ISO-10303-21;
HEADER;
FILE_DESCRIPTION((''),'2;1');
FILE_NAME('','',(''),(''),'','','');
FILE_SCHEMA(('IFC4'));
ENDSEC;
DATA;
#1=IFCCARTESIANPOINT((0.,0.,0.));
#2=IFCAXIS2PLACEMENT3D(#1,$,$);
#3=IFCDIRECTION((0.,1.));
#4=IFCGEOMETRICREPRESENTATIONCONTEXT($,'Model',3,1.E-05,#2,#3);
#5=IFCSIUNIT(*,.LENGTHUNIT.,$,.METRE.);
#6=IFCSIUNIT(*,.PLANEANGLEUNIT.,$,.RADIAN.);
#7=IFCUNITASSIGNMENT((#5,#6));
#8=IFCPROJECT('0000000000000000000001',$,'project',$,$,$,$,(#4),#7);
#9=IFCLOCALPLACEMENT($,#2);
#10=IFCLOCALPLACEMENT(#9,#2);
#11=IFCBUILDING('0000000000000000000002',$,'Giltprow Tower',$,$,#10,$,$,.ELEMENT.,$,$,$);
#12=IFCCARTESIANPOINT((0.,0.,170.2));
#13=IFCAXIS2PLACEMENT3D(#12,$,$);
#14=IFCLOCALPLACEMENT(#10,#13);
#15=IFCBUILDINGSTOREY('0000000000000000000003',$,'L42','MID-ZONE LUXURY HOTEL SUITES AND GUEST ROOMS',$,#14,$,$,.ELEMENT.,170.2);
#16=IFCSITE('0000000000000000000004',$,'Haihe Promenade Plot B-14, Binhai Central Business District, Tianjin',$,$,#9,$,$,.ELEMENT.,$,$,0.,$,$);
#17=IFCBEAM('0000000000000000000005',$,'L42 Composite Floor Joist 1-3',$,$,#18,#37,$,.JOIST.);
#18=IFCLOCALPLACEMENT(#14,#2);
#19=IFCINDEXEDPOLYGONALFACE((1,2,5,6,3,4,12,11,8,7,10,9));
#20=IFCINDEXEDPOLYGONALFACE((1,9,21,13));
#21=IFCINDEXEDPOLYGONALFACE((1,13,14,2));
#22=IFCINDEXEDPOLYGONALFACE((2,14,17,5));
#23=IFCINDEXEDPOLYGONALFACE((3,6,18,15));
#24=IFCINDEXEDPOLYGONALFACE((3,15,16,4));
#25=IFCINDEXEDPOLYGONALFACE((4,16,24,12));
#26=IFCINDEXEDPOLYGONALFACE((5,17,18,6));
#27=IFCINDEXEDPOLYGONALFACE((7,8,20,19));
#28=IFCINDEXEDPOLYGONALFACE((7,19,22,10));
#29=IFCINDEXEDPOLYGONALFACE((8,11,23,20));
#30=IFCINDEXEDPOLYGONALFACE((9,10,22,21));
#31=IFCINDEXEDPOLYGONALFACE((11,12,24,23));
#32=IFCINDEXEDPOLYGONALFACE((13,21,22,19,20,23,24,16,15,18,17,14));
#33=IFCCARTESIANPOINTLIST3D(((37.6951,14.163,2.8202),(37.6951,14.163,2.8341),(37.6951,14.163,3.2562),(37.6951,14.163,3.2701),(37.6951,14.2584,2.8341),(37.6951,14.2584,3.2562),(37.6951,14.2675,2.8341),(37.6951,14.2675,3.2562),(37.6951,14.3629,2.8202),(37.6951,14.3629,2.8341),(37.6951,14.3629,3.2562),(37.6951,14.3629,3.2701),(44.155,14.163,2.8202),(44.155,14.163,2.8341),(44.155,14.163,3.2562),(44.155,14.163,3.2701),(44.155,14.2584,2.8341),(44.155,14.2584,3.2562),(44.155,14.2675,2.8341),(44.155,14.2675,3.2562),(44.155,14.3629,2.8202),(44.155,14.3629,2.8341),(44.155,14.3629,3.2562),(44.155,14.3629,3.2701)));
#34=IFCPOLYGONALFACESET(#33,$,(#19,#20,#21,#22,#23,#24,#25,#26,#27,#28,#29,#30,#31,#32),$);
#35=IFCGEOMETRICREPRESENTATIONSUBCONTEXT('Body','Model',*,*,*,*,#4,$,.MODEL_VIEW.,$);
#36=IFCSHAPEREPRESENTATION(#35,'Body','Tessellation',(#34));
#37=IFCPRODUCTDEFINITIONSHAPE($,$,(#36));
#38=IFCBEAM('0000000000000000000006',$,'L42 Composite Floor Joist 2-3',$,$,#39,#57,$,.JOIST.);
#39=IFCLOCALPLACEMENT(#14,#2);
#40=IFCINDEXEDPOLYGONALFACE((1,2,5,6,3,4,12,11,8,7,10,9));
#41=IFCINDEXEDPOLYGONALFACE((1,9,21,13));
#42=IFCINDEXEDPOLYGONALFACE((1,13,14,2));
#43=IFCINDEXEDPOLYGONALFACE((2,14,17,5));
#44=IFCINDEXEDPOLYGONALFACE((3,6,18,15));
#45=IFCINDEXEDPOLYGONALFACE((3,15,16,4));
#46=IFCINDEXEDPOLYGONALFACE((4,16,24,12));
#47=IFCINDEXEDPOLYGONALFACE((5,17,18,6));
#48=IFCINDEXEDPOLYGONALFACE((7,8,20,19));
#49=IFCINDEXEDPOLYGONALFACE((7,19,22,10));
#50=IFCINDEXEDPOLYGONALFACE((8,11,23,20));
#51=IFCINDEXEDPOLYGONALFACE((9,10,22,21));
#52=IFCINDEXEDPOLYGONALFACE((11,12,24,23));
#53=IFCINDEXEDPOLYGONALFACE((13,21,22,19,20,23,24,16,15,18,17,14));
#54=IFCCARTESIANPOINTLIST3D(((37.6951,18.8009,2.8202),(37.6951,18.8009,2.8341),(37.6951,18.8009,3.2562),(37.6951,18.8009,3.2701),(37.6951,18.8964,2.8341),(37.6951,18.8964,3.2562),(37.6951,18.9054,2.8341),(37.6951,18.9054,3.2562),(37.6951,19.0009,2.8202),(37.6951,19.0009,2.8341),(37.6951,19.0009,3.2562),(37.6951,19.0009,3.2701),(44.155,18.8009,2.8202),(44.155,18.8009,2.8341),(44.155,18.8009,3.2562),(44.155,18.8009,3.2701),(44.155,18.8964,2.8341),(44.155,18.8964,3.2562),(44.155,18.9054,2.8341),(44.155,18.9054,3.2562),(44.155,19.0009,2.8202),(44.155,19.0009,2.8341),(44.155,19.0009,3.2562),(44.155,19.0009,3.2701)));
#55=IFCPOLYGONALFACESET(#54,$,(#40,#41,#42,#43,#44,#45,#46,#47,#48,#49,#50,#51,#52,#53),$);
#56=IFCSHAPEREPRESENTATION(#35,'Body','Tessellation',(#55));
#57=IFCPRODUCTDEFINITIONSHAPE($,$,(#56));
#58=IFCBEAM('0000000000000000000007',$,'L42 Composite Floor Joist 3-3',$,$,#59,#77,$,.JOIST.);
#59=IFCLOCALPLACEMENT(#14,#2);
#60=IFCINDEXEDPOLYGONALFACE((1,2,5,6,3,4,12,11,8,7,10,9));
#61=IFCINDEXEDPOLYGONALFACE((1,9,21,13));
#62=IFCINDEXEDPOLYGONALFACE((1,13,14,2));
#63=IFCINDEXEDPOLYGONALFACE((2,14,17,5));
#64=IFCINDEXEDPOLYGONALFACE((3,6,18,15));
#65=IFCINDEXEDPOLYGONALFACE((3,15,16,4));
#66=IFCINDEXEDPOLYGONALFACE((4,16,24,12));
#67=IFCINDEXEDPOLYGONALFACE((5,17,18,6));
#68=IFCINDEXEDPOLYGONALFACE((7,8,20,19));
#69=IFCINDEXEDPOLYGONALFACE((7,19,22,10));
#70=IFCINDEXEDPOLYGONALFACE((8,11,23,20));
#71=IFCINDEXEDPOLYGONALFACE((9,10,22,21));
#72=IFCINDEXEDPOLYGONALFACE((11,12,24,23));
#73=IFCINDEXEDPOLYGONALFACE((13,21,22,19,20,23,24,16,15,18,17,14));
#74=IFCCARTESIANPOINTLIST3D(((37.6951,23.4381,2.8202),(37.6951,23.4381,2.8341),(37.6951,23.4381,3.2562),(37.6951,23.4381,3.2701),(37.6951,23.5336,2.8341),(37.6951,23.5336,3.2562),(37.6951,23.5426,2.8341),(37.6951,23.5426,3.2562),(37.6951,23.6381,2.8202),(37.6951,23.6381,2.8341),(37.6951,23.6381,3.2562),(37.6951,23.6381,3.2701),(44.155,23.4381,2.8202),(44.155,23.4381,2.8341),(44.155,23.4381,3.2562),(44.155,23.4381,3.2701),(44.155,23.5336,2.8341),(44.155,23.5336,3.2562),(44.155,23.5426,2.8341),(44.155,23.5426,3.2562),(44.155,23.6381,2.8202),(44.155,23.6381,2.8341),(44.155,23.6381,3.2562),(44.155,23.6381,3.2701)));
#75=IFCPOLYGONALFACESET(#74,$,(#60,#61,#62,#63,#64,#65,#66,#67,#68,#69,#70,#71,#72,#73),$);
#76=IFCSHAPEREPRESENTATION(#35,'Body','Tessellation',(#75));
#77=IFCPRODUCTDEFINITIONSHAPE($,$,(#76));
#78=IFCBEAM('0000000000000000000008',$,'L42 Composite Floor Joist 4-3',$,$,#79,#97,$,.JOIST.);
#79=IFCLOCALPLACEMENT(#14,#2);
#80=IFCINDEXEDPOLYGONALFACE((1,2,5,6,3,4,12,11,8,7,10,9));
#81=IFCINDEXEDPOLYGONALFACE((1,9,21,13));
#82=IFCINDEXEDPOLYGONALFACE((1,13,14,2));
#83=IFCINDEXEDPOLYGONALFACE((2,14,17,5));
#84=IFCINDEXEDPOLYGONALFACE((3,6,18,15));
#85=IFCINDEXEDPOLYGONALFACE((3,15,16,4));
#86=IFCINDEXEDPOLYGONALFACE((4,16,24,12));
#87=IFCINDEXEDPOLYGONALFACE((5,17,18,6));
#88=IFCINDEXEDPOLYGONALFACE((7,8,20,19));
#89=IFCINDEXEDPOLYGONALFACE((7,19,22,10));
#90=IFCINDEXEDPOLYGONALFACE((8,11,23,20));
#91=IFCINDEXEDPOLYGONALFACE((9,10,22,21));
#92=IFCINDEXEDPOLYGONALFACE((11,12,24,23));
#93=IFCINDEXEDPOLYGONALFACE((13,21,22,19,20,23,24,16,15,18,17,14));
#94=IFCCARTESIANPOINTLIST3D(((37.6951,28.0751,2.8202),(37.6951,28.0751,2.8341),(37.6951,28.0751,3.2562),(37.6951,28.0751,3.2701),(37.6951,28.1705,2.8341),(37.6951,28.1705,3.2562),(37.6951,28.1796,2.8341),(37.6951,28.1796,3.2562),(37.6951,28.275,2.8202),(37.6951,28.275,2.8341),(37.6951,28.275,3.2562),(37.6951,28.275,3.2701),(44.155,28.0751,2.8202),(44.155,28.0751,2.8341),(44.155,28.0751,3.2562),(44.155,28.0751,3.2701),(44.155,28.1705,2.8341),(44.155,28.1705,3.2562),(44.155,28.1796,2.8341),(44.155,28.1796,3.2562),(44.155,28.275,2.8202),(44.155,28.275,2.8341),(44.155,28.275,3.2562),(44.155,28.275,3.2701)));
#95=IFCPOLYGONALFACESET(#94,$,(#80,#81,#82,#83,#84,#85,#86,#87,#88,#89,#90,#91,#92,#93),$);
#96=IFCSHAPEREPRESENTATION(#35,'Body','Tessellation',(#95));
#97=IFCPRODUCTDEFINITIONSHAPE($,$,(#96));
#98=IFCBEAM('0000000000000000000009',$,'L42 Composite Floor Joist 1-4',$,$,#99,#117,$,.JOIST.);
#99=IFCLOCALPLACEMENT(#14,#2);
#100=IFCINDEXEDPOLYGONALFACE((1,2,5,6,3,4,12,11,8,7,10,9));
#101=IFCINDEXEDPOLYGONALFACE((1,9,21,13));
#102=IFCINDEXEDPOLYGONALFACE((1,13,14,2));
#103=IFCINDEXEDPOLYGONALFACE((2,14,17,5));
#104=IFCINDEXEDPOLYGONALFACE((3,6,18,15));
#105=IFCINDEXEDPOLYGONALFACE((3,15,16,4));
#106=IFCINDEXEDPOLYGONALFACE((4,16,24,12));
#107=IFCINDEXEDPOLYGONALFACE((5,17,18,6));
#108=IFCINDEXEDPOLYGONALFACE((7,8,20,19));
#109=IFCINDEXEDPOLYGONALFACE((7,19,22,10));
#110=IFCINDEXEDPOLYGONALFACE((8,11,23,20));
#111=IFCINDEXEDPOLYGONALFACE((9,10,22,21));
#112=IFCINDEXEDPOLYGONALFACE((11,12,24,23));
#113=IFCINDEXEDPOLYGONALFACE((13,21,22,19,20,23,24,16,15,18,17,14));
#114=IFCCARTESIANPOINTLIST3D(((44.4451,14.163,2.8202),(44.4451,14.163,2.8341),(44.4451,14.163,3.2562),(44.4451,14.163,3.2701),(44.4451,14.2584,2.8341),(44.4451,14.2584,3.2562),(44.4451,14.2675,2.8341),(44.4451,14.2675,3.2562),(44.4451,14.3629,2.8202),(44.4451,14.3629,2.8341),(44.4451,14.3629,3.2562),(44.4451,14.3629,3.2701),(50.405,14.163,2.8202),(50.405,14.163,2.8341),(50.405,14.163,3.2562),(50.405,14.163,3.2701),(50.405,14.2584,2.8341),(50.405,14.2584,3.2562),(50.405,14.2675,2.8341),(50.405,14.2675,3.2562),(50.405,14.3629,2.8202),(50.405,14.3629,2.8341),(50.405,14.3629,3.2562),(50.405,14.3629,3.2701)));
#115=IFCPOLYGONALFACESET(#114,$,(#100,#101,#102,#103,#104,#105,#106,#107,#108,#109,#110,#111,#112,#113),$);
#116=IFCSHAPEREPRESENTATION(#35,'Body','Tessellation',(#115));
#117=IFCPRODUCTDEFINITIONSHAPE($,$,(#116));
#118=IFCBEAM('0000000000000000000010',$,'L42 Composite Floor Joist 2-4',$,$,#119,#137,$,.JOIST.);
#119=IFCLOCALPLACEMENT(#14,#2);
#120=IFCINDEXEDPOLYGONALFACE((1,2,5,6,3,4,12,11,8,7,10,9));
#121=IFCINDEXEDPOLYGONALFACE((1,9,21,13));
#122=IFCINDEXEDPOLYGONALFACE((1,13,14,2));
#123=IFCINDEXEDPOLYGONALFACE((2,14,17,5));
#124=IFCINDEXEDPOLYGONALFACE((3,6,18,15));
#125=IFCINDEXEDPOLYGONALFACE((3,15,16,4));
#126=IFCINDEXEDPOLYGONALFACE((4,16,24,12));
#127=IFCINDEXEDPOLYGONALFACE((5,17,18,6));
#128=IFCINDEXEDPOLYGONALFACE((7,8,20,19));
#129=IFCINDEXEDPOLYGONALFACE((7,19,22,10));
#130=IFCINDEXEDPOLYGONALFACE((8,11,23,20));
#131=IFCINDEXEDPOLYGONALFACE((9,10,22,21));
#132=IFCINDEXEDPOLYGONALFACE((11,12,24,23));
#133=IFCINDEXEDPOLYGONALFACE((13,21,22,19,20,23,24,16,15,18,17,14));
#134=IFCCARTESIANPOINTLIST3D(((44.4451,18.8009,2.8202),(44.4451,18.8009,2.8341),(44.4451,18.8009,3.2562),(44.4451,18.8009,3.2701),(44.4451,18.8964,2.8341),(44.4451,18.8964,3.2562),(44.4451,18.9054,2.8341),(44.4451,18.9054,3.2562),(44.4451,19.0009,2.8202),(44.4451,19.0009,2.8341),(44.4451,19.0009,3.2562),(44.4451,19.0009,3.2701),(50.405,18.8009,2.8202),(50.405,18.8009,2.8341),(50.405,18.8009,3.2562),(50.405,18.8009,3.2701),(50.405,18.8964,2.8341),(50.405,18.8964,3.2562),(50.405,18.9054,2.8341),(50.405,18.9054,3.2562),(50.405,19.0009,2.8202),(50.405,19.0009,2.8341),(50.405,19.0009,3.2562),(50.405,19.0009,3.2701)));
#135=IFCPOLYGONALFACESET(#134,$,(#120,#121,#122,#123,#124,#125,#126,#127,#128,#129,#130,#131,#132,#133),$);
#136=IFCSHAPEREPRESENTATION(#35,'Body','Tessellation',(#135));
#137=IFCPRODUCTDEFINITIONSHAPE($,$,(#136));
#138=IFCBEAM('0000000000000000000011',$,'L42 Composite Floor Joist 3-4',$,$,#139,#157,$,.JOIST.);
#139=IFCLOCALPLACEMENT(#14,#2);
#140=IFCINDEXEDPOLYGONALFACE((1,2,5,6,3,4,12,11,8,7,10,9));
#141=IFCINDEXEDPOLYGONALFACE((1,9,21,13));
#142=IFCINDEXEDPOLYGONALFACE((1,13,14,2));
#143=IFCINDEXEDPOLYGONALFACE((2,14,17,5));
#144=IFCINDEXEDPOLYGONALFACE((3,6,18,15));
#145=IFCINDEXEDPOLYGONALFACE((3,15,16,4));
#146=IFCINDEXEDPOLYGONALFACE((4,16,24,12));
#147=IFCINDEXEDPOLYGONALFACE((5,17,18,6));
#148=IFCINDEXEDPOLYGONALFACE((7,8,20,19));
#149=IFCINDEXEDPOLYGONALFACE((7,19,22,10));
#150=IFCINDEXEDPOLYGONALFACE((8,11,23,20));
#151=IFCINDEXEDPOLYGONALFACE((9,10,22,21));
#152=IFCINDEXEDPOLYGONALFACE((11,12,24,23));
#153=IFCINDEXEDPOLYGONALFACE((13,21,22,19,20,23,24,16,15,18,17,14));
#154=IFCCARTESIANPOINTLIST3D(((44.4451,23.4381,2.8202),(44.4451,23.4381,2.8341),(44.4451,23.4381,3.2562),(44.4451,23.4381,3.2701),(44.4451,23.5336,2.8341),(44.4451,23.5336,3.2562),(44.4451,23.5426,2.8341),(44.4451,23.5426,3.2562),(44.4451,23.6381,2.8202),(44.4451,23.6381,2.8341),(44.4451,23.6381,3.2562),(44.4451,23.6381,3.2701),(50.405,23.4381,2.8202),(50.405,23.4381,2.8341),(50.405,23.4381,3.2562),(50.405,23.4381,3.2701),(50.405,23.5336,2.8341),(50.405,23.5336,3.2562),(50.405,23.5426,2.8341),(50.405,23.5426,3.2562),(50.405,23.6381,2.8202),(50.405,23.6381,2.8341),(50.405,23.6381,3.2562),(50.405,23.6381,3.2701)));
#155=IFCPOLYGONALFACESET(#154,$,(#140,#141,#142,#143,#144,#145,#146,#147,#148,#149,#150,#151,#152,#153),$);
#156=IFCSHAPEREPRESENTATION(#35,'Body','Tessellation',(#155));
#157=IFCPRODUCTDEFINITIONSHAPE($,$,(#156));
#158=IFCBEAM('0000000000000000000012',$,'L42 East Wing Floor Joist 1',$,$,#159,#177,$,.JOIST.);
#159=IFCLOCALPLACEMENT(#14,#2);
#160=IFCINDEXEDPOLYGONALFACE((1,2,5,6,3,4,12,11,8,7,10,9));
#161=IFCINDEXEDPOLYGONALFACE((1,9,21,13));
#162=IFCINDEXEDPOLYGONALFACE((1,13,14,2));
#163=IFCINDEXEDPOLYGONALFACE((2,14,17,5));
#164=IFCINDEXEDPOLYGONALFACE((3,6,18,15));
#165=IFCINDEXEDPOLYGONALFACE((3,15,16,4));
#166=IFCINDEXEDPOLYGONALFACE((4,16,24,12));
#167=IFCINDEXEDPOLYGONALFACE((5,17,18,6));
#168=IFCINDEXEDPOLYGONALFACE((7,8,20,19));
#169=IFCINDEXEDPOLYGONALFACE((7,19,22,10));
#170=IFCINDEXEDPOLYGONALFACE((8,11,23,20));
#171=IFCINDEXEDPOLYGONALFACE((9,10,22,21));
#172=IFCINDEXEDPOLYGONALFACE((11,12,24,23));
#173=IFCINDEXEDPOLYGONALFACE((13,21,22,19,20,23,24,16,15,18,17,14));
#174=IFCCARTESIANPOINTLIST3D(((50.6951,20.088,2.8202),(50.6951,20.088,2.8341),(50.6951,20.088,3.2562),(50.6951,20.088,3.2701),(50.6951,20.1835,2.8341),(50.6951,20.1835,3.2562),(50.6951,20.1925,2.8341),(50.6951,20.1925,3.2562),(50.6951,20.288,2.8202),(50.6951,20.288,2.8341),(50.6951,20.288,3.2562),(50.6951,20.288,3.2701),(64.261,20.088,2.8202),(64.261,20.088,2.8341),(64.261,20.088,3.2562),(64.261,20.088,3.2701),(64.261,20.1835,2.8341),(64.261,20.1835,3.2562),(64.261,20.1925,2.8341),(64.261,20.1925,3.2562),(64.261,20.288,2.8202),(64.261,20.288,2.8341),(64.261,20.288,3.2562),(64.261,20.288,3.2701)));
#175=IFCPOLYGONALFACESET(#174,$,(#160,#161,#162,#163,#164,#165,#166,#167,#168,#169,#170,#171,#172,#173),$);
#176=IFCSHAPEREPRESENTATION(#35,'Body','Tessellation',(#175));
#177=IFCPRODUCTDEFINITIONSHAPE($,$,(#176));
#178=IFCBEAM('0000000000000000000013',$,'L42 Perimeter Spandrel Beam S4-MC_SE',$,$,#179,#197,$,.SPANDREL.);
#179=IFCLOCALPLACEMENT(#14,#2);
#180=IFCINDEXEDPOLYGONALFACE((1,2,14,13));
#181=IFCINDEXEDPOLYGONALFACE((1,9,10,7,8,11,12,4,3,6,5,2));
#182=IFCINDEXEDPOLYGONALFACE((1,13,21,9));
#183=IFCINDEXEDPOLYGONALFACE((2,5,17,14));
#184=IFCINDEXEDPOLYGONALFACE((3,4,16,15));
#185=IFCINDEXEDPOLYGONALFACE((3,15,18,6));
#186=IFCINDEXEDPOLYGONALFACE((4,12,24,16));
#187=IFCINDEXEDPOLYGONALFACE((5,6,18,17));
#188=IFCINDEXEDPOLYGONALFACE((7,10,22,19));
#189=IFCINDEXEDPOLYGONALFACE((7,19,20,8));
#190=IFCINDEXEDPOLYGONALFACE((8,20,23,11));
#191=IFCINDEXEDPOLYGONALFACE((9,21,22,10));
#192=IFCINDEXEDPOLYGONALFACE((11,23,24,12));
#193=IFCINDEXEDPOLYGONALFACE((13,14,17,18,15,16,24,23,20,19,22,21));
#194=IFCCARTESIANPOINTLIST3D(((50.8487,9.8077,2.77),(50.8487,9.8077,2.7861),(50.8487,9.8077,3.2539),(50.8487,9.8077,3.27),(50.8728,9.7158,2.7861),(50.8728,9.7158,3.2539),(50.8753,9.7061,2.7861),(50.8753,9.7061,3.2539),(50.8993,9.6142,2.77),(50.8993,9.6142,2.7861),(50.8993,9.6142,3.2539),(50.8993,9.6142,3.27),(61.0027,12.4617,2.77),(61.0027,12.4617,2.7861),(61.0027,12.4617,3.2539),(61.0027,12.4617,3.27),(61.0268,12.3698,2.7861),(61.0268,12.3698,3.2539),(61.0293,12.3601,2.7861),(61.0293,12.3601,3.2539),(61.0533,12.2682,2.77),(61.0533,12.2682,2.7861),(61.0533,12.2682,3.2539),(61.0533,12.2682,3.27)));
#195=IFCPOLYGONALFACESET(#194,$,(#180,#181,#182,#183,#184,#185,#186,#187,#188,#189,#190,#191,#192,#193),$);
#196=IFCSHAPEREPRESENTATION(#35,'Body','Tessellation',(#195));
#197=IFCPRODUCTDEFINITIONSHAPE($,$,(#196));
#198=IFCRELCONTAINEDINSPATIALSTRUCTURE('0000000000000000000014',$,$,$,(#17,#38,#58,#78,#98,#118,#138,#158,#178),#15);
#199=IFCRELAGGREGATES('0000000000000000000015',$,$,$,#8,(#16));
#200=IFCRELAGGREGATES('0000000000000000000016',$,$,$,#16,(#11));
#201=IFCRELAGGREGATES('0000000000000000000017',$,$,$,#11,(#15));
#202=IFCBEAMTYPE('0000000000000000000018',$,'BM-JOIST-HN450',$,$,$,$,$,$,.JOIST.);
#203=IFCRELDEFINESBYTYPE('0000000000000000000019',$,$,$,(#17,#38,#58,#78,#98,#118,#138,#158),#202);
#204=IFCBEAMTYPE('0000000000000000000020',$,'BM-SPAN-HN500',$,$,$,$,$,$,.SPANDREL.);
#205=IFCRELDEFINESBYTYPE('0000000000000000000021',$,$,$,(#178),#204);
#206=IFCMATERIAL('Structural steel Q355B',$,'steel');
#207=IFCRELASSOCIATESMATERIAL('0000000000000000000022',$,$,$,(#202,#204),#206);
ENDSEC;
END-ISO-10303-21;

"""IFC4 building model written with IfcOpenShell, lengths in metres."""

from ifc_helpers import new_model, si_unit, direction, frame, origin, origin_2d, place, context, subcontext, project, spatial, i_section, extrude, source, transform, mapped, material, material_profile, profile_set, type_object, element, save


model = new_model("IFC4")

# Units and contexts
model_context = context("Model", 3, precision=1e-05, world=origin(), true_north=direction((0.0, 1.0)))
body_context = subcontext(model_context, "Body", "Model", "MODEL_VIEW")
ifc_project = project(units=[si_unit("LENGTHUNIT", "METRE"), si_unit("PLANEANGLEUNIT", "RADIAN")], contexts=[model_context])

# Site, building, storey
site_placement = place(None, origin())
site = spatial("IfcSite", under=ifc_project, at=site_placement, Name="Haihe Promenade Plot B-14, Binhai Central Business District, Tianjin", CompositionType="ELEMENT", RefElevation=0.0)
building_placement = place(site_placement, origin())
building = spatial("IfcBuilding", under=site, at=building_placement, Name="Giltprow Tower", CompositionType="ELEMENT")
storey_placement = place(building_placement, frame((0.0, 0.0, 170.2)))
storey = spatial("IfcBuildingStorey", under=building, at=storey_placement, Name="L42", Description="MID-ZONE LUXURY HOTEL SUITES AND GUEST ROOMS", CompositionType="ELEMENT", Elevation=170.2)

# Beams
ifc_material_1 = material(Name="Structural steel Q355B", Category="steel")
ifc_material_profile_1 = material_profile(ifc_material_1, i_section(OverallWidth=0.2, OverallDepth=0.45, WebThickness=0.009, FlangeThickness=0.0139, at=origin_2d()), Name="HN 450x200x9x14")
ifc_profile_set_1 = profile_set([ifc_material_profile_1], Name="Structural steel Q355B")
beam_type_1 = type_object("IfcBeamType", Name="BM-JOIST-HN450", PredefinedType="JOIST", material=ifc_profile_set_1)
shared_shape_1 = source(origin(), body_context, "Body", "SweptSolid", [
    extrude(i_section(OverallWidth=0.2, OverallDepth=0.45, WebThickness=0.009, FlangeThickness=0.0139, at=origin_2d()), origin(), (0.0, 0.0, 1.0), 6.46),
])
for number, where, z_axis, x_axis, name in (
    (1, (37.6951, 14.2629, 3.0452), (1.0, 0.0, 0.0), (0.0, 1.0, 0.0), "L42 Composite Floor Joist 1-3"),
    (2, (37.6951, 18.9009, 3.0452), (1.0, 0.0, 0.0), (0.0, 1.0, 0.0), "L42 Composite Floor Joist 2-3"),
    (3, (37.6951, 23.5381, 3.0452), (1.0, 0.0, 0.0), (0.0, 1.0, 0.0), "L42 Composite Floor Joist 3-3"),
    (4, (37.6951, 28.175, 3.0452), (1.0, 0.0, 0.0), (0.0, 1.0, 0.0), "L42 Composite Floor Joist 4-3"),
):
    element("IfcBeam", number, at=place(storey_placement, frame(where, z_axis=z_axis, x_axis=x_axis)), inside=storey, type_object=beam_type_1, Name=name, PredefinedType="JOIST", context=body_context, shape_type="MappedRepresentation", body=[
        mapped(shared_shape_1, transform((0.0, 0.0, 0.0), x_axis=(1.0, 0.0, 0.0), y_axis=(0.0, 1.0, 0.0), z_axis=(0.0, 0.0, 1.0), scale=1.0)),
    ])
shared_shape_2 = source(origin(), body_context, "Body", "SweptSolid", [
    extrude(i_section(OverallWidth=0.2, OverallDepth=0.45, WebThickness=0.009, FlangeThickness=0.0139, at=origin_2d()), origin(), (0.0, 0.0, 1.0), 5.96),
])
for number, where, z_axis, x_axis, name in (
    (5, (44.4451, 14.2629, 3.0452), (1.0, 0.0, 0.0), (0.0, 1.0, 0.0), "L42 Composite Floor Joist 1-4"),
    (6, (44.4451, 18.9009, 3.0452), (1.0, 0.0, 0.0), (0.0, 1.0, 0.0), "L42 Composite Floor Joist 2-4"),
    (7, (44.4451, 23.5381, 3.0452), (1.0, 0.0, 0.0), (0.0, 1.0, 0.0), "L42 Composite Floor Joist 3-4"),
):
    element("IfcBeam", number, at=place(storey_placement, frame(where, z_axis=z_axis, x_axis=x_axis)), inside=storey, type_object=beam_type_1, Name=name, PredefinedType="JOIST", context=body_context, shape_type="MappedRepresentation", body=[
        mapped(shared_shape_2, transform((0.0, 0.0, 0.0), x_axis=(1.0, 0.0, 0.0), y_axis=(0.0, 1.0, 0.0), z_axis=(0.0, 0.0, 1.0), scale=1.0)),
    ])
shared_shape_3 = source(origin(), body_context, "Body", "SweptSolid", [
    extrude(i_section(OverallWidth=0.2, OverallDepth=0.45, WebThickness=0.009, FlangeThickness=0.0139, at=origin_2d()), origin(), (0.0, 0.0, 1.0), 13.5659),
])
beam_1_placement = place(storey_placement, frame((50.6951, 20.188, 3.0452), z_axis=(1.0, 0.0, 0.0), x_axis=(0.0, 1.0, 0.0)))
element("IfcBeam", 8, at=beam_1_placement, inside=storey, type_object=beam_type_1, Name="L42 East Wing Floor Joist 1", PredefinedType="JOIST", context=body_context, shape_type="MappedRepresentation", body=[
    mapped(shared_shape_3, transform((0.0, 0.0, 0.0), x_axis=(1.0, 0.0, 0.0), y_axis=(0.0, 1.0, 0.0), z_axis=(0.0, 0.0, 1.0), scale=1.0)),
])
ifc_material_profile_2 = material_profile(ifc_material_1, i_section(OverallWidth=0.2, OverallDepth=0.5, WebThickness=0.01, FlangeThickness=0.0161, at=origin_2d()), Name="HN 500x200x10x16")
ifc_profile_set_2 = profile_set([ifc_material_profile_2], Name="Structural steel Q355B")
beam_type_2 = type_object("IfcBeamType", Name="BM-SPAN-HN500", PredefinedType="SPANDREL", material=ifc_profile_set_2)
shared_shape_4 = source(origin(), body_context, "Body", "SweptSolid", [
    extrude(i_section(OverallWidth=0.2, OverallDepth=0.5, WebThickness=0.01, FlangeThickness=0.0161, at=origin_2d()), origin(), (0.0, 0.0, 1.0), 10.4951),
])
beam_2_placement = place(storey_placement, frame((50.874, 9.7109, 3.02), z_axis=(0.967497, 0.252883, 0.0), x_axis=(-0.252883, 0.967497, 0.0)))
element("IfcBeam", 9, at=beam_2_placement, inside=storey, type_object=beam_type_2, Name="L42 Perimeter Spandrel Beam S4-MC_SE", PredefinedType="SPANDREL", context=body_context, shape_type="MappedRepresentation", body=[
    mapped(shared_shape_4, transform((0.0, 0.0, 0.0), x_axis=(1.0, 0.0, 0.0), y_axis=(0.0, 1.0, 0.0), z_axis=(0.0, 0.0, 1.0), scale=1.0)),
])

save(model, "model.ifc")
